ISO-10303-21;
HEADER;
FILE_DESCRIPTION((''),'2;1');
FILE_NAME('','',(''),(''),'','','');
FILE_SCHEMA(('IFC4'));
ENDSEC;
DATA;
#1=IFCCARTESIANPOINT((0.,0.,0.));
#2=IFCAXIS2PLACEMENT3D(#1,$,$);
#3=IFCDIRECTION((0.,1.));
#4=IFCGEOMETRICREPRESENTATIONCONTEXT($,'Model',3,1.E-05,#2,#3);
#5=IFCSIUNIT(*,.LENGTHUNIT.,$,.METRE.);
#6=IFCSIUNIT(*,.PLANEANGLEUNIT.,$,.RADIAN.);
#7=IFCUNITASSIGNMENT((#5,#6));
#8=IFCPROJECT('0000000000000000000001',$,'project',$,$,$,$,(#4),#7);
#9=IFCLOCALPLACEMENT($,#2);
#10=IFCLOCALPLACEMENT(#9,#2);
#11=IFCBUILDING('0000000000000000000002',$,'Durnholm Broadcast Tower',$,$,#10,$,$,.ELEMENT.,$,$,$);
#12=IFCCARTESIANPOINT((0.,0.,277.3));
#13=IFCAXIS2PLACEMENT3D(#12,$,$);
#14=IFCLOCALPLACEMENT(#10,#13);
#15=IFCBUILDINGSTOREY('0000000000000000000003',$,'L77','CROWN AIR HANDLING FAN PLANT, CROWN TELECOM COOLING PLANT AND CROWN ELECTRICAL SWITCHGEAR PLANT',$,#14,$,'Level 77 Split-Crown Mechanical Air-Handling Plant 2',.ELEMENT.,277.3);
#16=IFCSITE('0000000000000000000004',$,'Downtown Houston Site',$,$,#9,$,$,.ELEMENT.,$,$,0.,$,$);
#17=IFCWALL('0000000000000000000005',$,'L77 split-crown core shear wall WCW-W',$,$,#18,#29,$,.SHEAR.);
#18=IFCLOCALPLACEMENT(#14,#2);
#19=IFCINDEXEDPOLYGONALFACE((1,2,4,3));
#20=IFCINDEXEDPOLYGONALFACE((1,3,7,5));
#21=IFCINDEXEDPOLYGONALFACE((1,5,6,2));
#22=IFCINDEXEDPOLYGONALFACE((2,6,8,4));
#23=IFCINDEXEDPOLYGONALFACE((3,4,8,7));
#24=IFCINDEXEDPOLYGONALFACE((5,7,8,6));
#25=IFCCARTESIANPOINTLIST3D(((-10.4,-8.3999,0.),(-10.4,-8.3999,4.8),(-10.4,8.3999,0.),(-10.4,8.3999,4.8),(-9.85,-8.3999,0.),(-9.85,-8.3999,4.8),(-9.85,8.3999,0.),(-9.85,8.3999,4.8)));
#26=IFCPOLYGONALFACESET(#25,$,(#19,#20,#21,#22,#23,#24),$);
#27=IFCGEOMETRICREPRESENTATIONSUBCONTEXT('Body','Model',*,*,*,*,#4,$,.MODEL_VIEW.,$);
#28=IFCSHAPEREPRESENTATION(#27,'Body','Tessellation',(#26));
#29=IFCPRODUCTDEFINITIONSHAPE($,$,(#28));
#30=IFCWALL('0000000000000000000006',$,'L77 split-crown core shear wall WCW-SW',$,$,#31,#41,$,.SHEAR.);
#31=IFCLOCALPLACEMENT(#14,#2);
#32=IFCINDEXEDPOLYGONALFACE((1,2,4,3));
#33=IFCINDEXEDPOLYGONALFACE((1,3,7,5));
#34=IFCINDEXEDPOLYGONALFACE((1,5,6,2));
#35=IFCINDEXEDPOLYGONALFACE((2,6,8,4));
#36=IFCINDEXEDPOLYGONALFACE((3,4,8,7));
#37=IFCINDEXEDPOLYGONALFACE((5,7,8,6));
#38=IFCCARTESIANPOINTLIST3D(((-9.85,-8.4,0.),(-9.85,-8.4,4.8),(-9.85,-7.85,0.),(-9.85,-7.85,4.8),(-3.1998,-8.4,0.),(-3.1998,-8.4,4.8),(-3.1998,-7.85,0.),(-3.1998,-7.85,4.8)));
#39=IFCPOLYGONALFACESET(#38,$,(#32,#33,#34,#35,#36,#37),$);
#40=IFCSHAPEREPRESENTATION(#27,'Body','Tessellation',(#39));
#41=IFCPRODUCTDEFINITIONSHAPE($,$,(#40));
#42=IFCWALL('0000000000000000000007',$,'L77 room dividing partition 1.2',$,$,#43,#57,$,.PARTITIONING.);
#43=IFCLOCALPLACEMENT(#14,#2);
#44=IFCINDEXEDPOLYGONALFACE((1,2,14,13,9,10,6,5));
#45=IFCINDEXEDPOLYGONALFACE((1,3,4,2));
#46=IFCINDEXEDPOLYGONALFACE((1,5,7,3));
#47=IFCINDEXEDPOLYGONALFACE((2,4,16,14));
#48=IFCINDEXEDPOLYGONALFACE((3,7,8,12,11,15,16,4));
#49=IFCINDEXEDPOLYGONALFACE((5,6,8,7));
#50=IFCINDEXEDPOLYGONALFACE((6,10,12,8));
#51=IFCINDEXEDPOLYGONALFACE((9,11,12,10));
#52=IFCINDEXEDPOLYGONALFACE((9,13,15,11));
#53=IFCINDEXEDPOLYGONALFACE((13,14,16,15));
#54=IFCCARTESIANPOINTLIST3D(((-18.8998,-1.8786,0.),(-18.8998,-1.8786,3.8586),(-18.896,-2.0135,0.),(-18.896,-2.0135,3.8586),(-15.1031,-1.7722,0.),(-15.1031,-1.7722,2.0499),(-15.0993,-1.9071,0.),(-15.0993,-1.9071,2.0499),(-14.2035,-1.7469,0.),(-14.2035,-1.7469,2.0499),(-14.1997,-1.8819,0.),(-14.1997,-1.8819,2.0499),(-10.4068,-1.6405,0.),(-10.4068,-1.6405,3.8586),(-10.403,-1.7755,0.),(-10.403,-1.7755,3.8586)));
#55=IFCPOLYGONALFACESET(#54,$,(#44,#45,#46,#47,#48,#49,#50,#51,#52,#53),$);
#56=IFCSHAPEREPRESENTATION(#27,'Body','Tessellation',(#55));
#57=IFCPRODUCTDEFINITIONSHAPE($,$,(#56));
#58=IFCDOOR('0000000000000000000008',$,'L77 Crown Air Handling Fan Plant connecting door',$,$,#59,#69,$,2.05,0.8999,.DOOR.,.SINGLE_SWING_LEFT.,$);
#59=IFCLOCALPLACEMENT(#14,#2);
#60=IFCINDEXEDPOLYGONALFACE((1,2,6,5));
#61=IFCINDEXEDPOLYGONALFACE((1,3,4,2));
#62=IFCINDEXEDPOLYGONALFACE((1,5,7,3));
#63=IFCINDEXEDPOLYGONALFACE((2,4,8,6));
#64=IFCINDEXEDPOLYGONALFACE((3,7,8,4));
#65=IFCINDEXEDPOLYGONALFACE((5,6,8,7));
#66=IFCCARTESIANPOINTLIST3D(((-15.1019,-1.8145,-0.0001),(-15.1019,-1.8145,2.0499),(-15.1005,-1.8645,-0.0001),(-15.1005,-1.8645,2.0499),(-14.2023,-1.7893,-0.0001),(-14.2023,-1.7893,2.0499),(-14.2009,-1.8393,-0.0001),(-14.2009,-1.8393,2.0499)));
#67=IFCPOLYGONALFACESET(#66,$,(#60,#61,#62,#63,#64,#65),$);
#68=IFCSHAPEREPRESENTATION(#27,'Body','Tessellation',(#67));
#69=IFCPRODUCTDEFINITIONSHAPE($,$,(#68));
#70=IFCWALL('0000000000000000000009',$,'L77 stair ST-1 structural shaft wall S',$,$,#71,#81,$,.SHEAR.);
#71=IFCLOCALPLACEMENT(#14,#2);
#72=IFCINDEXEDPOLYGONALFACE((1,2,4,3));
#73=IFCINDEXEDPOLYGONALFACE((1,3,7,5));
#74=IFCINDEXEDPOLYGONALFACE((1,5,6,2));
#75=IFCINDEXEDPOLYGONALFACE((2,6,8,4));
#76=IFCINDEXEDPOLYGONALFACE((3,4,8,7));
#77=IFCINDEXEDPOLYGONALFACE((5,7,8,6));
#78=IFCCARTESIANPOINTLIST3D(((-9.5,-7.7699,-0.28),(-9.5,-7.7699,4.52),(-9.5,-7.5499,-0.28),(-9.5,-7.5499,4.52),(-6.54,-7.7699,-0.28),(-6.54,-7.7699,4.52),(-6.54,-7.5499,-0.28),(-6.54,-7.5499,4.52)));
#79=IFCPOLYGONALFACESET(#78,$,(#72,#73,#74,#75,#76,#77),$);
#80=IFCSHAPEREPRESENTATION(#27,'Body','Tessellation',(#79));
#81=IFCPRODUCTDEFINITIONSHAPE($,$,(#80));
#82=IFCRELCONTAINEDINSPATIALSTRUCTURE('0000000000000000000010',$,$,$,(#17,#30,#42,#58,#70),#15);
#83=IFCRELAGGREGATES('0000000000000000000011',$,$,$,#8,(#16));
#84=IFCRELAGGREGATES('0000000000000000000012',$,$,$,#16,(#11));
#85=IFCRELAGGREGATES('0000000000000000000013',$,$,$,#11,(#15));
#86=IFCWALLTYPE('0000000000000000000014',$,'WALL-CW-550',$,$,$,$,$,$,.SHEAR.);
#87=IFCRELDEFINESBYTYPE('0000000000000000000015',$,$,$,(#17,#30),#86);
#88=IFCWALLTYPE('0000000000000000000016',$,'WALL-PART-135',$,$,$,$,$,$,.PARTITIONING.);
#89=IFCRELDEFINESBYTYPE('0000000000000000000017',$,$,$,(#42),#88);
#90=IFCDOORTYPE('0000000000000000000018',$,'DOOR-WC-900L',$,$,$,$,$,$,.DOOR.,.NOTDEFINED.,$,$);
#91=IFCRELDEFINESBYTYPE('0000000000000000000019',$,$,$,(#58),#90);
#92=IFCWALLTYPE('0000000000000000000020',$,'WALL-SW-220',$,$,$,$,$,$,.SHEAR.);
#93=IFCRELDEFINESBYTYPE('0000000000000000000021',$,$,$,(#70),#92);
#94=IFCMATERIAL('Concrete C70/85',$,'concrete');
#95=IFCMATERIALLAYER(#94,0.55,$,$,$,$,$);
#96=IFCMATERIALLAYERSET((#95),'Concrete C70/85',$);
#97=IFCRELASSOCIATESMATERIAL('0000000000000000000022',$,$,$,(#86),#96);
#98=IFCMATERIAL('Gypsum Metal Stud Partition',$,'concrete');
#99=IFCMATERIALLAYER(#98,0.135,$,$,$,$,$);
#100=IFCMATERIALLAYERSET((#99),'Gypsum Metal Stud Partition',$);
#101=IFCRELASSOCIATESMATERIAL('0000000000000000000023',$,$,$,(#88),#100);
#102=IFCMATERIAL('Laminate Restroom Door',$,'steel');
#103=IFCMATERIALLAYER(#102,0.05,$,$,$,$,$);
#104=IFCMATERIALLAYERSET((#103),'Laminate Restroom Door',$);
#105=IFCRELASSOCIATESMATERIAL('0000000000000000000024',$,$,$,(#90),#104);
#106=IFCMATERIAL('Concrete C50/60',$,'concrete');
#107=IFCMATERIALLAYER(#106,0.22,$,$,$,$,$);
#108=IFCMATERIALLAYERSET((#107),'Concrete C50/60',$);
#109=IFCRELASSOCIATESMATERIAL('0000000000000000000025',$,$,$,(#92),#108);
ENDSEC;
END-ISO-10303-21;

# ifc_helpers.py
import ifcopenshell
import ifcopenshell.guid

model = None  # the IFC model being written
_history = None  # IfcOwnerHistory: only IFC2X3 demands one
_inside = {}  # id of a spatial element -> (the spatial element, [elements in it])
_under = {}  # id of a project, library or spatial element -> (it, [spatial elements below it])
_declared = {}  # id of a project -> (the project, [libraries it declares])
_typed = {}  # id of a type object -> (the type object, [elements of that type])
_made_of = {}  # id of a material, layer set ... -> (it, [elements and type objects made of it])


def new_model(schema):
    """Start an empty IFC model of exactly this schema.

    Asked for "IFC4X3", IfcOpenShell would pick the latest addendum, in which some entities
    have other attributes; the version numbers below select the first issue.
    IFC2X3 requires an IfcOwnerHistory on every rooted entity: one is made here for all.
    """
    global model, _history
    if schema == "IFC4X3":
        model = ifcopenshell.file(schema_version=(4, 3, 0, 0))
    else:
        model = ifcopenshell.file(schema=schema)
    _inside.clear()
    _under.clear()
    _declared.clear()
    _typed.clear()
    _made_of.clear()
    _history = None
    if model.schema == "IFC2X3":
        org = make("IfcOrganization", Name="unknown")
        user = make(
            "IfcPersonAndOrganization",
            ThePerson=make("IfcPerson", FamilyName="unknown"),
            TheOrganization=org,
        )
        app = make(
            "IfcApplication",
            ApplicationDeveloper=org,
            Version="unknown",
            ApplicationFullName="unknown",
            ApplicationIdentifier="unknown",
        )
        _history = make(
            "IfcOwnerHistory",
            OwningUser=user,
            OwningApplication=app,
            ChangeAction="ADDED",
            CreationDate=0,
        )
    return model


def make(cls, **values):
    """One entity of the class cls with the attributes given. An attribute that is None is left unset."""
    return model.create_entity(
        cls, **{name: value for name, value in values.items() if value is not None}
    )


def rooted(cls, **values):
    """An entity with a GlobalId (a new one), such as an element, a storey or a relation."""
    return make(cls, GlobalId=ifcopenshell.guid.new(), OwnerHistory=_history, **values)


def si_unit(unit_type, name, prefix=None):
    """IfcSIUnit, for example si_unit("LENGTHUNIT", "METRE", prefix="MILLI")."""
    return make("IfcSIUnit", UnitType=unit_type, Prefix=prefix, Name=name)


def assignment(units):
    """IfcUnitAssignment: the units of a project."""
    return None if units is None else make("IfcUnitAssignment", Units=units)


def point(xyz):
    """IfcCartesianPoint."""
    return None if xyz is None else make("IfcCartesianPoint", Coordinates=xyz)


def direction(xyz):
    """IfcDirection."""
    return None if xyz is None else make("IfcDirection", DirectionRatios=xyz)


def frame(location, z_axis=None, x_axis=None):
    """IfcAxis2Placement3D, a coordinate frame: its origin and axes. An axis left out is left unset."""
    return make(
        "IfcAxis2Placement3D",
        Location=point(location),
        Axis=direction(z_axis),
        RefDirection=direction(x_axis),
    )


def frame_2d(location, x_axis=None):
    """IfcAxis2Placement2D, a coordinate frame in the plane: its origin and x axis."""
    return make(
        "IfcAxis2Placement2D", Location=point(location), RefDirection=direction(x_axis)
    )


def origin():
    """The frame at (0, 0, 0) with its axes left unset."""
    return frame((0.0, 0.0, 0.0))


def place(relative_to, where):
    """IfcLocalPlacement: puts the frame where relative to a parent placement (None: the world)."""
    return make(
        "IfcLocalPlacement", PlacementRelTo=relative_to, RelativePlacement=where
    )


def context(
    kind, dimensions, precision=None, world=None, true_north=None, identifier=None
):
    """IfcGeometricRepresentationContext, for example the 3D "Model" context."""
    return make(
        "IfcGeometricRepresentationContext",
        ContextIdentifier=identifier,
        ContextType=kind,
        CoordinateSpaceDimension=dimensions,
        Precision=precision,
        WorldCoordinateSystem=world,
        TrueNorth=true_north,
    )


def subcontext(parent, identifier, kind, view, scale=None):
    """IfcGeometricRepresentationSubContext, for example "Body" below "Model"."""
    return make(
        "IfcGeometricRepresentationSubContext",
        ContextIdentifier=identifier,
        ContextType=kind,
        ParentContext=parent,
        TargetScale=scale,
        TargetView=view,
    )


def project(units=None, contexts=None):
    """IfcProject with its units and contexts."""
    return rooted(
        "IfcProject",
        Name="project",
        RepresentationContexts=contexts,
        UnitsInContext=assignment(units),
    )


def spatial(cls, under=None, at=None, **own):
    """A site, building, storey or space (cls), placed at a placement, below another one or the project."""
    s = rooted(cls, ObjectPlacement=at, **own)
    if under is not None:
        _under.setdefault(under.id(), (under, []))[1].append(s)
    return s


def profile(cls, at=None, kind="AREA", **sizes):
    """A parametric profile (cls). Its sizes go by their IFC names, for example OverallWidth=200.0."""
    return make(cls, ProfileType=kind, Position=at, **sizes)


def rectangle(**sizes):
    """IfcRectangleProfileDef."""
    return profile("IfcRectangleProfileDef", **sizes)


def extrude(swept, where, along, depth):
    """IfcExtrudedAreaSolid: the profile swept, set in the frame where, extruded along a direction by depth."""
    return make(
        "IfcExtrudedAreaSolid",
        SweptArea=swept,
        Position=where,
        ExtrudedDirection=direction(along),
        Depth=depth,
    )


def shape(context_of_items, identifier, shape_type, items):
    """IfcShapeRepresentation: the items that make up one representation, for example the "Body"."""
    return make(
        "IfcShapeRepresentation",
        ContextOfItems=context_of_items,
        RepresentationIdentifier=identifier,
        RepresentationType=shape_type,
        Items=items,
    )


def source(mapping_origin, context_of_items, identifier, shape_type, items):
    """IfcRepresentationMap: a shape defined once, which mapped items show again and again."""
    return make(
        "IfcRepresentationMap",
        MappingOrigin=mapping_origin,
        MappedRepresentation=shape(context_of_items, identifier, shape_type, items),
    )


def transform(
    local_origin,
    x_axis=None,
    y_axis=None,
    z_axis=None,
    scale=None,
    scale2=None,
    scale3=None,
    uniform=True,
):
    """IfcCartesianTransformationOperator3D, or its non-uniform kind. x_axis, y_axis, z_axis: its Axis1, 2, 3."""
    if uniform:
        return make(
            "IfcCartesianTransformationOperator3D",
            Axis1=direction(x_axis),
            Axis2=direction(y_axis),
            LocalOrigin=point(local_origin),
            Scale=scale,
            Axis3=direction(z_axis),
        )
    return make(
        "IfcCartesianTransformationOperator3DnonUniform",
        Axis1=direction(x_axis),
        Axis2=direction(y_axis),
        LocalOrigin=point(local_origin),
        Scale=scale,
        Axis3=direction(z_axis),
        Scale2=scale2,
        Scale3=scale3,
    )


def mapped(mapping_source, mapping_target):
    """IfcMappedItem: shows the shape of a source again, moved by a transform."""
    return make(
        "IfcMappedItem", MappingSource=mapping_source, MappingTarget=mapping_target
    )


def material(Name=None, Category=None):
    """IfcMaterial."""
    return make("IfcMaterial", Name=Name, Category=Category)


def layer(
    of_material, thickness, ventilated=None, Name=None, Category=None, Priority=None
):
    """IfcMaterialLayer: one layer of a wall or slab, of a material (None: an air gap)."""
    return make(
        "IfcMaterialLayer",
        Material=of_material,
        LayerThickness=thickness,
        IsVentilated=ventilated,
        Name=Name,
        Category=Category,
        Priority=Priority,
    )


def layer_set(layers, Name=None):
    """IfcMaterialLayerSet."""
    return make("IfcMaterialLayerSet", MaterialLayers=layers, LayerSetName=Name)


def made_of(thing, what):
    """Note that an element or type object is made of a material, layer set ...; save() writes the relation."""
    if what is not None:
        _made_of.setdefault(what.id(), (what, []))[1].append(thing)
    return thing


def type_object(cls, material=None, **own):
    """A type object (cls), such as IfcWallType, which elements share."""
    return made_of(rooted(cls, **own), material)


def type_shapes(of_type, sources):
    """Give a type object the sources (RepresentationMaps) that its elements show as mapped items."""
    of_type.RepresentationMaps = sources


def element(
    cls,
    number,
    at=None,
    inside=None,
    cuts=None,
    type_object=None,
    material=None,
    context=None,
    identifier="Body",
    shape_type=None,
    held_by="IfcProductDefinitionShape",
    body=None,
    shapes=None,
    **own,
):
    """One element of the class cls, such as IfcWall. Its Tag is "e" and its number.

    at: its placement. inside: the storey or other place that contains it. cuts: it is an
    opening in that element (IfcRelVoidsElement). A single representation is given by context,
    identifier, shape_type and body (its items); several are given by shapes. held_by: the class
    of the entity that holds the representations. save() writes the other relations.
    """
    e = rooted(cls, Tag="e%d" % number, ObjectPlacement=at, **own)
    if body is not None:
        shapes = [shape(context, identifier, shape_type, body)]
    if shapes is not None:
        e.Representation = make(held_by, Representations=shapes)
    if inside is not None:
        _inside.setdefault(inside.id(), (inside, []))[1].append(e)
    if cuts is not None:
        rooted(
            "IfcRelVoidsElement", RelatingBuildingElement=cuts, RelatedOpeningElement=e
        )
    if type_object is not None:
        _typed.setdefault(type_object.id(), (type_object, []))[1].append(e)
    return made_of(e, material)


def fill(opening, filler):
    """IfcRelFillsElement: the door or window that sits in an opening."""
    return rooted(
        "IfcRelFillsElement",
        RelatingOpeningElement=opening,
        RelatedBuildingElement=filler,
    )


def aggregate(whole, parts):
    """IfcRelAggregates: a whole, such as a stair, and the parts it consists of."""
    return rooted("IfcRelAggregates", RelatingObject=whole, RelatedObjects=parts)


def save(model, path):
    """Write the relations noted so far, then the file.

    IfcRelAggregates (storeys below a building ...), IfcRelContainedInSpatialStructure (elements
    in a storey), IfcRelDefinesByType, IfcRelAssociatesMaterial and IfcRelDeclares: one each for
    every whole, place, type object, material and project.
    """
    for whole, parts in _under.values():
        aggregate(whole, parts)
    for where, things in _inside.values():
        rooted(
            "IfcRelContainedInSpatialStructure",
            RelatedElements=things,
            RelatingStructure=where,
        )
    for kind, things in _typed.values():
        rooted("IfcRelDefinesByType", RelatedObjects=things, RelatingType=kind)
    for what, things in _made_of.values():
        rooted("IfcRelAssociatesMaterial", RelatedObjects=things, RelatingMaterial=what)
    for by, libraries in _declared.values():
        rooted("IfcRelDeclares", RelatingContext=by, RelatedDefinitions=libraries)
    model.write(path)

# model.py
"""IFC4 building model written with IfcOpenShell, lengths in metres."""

from ifc_helpers import new_model, si_unit, direction, frame, frame_2d, origin, place, context, subcontext, project, spatial, rectangle, extrude, source, transform, mapped, material, layer, layer_set, type_object, type_shapes, element, fill, save


model = new_model("IFC4")

# Units and contexts
model_context = context("Model", 3, precision=1e-05, world=origin(), true_north=direction((0.0, 1.0)))
body_context = subcontext(model_context, "Body", "Model", "MODEL_VIEW")
ifc_project = project(units=[si_unit("LENGTHUNIT", "METRE"), si_unit("PLANEANGLEUNIT", "RADIAN")], contexts=[model_context])

# Site, building, storey
site_placement = place(None, origin())
site = spatial("IfcSite", under=ifc_project, at=site_placement, Name="Downtown Houston Site", CompositionType="ELEMENT", RefElevation=0.0)
building_placement = place(site_placement, origin())
building = spatial("IfcBuilding", under=site, at=building_placement, Name="Durnholm Broadcast Tower", CompositionType="ELEMENT")
storey_placement = place(building_placement, frame((0.0, 0.0, 277.3)))
storey = spatial("IfcBuildingStorey", under=building, at=storey_placement, Name="L77", Description="CROWN AIR HANDLING FAN PLANT, CROWN TELECOM COOLING PLANT AND CROWN ELECTRICAL SWITCHGEAR PLANT", LongName="Level 77 Split-Crown Mechanical Air-Handling Plant 2", CompositionType="ELEMENT", Elevation=277.3)

# Shared definitions
ifc_material_1 = material(Name="Concrete C70/85", Category="concrete")

# Walls
ifc_layer_1 = layer(ifc_material_1, 0.55)
ifc_layer_set_1 = layer_set([ifc_layer_1], Name="Concrete C70/85")
wall_type_1 = type_object("IfcWallType", Name="WALL-CW-550", PredefinedType="SHEAR", material=ifc_layer_set_1)
wall_1_placement = place(storey_placement, frame((-10.125, -8.3999, 0.0), z_axis=(0.0, 0.0, 1.0), x_axis=(0.0, 1.0, 0.0)))
element("IfcWall", 1, at=wall_1_placement, inside=storey, type_object=wall_type_1, Name="L77 split-crown core shear wall WCW-W", PredefinedType="SHEAR", context=body_context, shape_type="SweptSolid", body=[
    extrude(rectangle(XDim=16.7998, YDim=0.55, at=frame_2d((8.3999, 0.0))), origin(), (0.0, 0.0, 1.0), 4.8),
])
wall_2_placement = place(storey_placement, frame((-9.8501, -8.125, 0.0), z_axis=(0.0, 0.0, 1.0), x_axis=(1.0, 0.0, 0.0)))
element("IfcWall", 2, at=wall_2_placement, inside=storey, type_object=wall_type_1, Name="L77 split-crown core shear wall WCW-SW", PredefinedType="SHEAR", context=body_context, shape_type="SweptSolid", body=[
    extrude(rectangle(XDim=6.6501, YDim=0.55, at=frame_2d((3.3252, 0.0))), origin(), (0.0, 0.0, 1.0), 4.8),
])

# Wall, opening, door
ifc_material_2 = material(Name="Gypsum Metal Stud Partition", Category="concrete")
ifc_layer_2 = layer(ifc_material_2, 0.135)
ifc_layer_set_2 = layer_set([ifc_layer_2], Name="Gypsum Metal Stud Partition")
wall_type_2 = type_object("IfcWallType", Name="WALL-PART-135", PredefinedType="PARTITIONING", material=ifc_layer_set_2)
wall_3_placement = place(storey_placement, frame((-10.405, -1.708, 0.0), z_axis=(0.0, 0.0, 1.0), x_axis=(-0.999607, -0.028017, 0.0)))
wall_3 = element("IfcWall", 3, at=wall_3_placement, inside=storey, type_object=wall_type_2, Name="L77 room dividing partition 1.2", PredefinedType="PARTITIONING", context=body_context, shape_type="SweptSolid", body=[
    extrude(rectangle(XDim=8.4963, YDim=0.135, at=frame_2d((4.248, 0.0))), origin(), (0.0, 0.0, 1.0), 3.8586),
])
opening_placement = place(wall_3_placement, frame((3.7981, 0.0, 0.0)))
opening = element("IfcOpeningElement", 4, at=opening_placement, cuts=wall_3, PredefinedType="OPENING", context=body_context, shape_type="SweptSolid", body=[
    extrude(rectangle(XDim=0.8999, YDim=2.05, at=frame_2d((0.45, 1.0249))), frame((0.0, 0.0776, 0.0), z_axis=(0.0, -1.0, 0.0), x_axis=(1.0, 0.0, 0.0)), (0.0, 0.0, 1.0), 0.155),
])
ifc_material_3 = material(Name="Laminate Restroom Door", Category="steel")
ifc_layer_3 = layer(ifc_material_3, 0.05)
ifc_layer_set_3 = layer_set([ifc_layer_3], Name="Laminate Restroom Door")
door_type = type_object("IfcDoorType", Name="DOOR-WC-900L", OperationType="NOTDEFINED", PredefinedType="DOOR", material=ifc_layer_set_3)
shared_shape_1 = source(origin(), body_context, "Body", "SweptSolid", [
    extrude(rectangle(XDim=0.8999, YDim=2.05, at=frame_2d((0.45, 1.0249))), frame((0.0, 0.0249, 0.0), z_axis=(0.0, -1.0, 0.0), x_axis=(1.0, 0.0, 0.0)), (0.0, 0.0, 1.0), 0.05),
])
type_shapes(door_type, [shared_shape_1])
door_placement = place(opening_placement, origin())
door = element("IfcDoor", 5, at=door_placement, inside=storey, type_object=door_type, Name="L77 Crown Air Handling Fan Plant connecting door", OperationType="SINGLE_SWING_LEFT", OverallHeight=2.05, OverallWidth=0.8999, PredefinedType="DOOR", context=body_context, shape_type="MappedRepresentation", body=[
    mapped(shared_shape_1, transform((0.0, 0.0, 0.0), x_axis=(1.0, 0.0, 0.0), y_axis=(0.0, 1.0, 0.0), z_axis=(0.0, 0.0, 1.0), scale=1.0)),
])
fill(opening, door)

# Wall
ifc_material_4 = material(Name="Concrete C50/60", Category="concrete")
ifc_layer_4 = layer(ifc_material_4, 0.22)
ifc_layer_set_4 = layer_set([ifc_layer_4], Name="Concrete C50/60")
wall_type_3 = type_object("IfcWallType", Name="WALL-SW-220", PredefinedType="SHEAR", material=ifc_layer_set_4)
wall_4_placement = place(storey_placement, frame((-9.5, -7.6599, -0.28), z_axis=(0.0, 0.0, 1.0), x_axis=(1.0, 0.0, 0.0)))
element("IfcWall", 6, at=wall_4_placement, inside=storey, type_object=wall_type_3, Name="L77 stair ST-1 structural shaft wall S", PredefinedType="SHEAR", context=body_context, shape_type="SweptSolid", body=[
    extrude(rectangle(XDim=2.96, YDim=0.22, at=frame_2d((1.48, 0.0))), origin(), (0.0, 0.0, 1.0), 4.8),
])

save(model, "model.ifc")
